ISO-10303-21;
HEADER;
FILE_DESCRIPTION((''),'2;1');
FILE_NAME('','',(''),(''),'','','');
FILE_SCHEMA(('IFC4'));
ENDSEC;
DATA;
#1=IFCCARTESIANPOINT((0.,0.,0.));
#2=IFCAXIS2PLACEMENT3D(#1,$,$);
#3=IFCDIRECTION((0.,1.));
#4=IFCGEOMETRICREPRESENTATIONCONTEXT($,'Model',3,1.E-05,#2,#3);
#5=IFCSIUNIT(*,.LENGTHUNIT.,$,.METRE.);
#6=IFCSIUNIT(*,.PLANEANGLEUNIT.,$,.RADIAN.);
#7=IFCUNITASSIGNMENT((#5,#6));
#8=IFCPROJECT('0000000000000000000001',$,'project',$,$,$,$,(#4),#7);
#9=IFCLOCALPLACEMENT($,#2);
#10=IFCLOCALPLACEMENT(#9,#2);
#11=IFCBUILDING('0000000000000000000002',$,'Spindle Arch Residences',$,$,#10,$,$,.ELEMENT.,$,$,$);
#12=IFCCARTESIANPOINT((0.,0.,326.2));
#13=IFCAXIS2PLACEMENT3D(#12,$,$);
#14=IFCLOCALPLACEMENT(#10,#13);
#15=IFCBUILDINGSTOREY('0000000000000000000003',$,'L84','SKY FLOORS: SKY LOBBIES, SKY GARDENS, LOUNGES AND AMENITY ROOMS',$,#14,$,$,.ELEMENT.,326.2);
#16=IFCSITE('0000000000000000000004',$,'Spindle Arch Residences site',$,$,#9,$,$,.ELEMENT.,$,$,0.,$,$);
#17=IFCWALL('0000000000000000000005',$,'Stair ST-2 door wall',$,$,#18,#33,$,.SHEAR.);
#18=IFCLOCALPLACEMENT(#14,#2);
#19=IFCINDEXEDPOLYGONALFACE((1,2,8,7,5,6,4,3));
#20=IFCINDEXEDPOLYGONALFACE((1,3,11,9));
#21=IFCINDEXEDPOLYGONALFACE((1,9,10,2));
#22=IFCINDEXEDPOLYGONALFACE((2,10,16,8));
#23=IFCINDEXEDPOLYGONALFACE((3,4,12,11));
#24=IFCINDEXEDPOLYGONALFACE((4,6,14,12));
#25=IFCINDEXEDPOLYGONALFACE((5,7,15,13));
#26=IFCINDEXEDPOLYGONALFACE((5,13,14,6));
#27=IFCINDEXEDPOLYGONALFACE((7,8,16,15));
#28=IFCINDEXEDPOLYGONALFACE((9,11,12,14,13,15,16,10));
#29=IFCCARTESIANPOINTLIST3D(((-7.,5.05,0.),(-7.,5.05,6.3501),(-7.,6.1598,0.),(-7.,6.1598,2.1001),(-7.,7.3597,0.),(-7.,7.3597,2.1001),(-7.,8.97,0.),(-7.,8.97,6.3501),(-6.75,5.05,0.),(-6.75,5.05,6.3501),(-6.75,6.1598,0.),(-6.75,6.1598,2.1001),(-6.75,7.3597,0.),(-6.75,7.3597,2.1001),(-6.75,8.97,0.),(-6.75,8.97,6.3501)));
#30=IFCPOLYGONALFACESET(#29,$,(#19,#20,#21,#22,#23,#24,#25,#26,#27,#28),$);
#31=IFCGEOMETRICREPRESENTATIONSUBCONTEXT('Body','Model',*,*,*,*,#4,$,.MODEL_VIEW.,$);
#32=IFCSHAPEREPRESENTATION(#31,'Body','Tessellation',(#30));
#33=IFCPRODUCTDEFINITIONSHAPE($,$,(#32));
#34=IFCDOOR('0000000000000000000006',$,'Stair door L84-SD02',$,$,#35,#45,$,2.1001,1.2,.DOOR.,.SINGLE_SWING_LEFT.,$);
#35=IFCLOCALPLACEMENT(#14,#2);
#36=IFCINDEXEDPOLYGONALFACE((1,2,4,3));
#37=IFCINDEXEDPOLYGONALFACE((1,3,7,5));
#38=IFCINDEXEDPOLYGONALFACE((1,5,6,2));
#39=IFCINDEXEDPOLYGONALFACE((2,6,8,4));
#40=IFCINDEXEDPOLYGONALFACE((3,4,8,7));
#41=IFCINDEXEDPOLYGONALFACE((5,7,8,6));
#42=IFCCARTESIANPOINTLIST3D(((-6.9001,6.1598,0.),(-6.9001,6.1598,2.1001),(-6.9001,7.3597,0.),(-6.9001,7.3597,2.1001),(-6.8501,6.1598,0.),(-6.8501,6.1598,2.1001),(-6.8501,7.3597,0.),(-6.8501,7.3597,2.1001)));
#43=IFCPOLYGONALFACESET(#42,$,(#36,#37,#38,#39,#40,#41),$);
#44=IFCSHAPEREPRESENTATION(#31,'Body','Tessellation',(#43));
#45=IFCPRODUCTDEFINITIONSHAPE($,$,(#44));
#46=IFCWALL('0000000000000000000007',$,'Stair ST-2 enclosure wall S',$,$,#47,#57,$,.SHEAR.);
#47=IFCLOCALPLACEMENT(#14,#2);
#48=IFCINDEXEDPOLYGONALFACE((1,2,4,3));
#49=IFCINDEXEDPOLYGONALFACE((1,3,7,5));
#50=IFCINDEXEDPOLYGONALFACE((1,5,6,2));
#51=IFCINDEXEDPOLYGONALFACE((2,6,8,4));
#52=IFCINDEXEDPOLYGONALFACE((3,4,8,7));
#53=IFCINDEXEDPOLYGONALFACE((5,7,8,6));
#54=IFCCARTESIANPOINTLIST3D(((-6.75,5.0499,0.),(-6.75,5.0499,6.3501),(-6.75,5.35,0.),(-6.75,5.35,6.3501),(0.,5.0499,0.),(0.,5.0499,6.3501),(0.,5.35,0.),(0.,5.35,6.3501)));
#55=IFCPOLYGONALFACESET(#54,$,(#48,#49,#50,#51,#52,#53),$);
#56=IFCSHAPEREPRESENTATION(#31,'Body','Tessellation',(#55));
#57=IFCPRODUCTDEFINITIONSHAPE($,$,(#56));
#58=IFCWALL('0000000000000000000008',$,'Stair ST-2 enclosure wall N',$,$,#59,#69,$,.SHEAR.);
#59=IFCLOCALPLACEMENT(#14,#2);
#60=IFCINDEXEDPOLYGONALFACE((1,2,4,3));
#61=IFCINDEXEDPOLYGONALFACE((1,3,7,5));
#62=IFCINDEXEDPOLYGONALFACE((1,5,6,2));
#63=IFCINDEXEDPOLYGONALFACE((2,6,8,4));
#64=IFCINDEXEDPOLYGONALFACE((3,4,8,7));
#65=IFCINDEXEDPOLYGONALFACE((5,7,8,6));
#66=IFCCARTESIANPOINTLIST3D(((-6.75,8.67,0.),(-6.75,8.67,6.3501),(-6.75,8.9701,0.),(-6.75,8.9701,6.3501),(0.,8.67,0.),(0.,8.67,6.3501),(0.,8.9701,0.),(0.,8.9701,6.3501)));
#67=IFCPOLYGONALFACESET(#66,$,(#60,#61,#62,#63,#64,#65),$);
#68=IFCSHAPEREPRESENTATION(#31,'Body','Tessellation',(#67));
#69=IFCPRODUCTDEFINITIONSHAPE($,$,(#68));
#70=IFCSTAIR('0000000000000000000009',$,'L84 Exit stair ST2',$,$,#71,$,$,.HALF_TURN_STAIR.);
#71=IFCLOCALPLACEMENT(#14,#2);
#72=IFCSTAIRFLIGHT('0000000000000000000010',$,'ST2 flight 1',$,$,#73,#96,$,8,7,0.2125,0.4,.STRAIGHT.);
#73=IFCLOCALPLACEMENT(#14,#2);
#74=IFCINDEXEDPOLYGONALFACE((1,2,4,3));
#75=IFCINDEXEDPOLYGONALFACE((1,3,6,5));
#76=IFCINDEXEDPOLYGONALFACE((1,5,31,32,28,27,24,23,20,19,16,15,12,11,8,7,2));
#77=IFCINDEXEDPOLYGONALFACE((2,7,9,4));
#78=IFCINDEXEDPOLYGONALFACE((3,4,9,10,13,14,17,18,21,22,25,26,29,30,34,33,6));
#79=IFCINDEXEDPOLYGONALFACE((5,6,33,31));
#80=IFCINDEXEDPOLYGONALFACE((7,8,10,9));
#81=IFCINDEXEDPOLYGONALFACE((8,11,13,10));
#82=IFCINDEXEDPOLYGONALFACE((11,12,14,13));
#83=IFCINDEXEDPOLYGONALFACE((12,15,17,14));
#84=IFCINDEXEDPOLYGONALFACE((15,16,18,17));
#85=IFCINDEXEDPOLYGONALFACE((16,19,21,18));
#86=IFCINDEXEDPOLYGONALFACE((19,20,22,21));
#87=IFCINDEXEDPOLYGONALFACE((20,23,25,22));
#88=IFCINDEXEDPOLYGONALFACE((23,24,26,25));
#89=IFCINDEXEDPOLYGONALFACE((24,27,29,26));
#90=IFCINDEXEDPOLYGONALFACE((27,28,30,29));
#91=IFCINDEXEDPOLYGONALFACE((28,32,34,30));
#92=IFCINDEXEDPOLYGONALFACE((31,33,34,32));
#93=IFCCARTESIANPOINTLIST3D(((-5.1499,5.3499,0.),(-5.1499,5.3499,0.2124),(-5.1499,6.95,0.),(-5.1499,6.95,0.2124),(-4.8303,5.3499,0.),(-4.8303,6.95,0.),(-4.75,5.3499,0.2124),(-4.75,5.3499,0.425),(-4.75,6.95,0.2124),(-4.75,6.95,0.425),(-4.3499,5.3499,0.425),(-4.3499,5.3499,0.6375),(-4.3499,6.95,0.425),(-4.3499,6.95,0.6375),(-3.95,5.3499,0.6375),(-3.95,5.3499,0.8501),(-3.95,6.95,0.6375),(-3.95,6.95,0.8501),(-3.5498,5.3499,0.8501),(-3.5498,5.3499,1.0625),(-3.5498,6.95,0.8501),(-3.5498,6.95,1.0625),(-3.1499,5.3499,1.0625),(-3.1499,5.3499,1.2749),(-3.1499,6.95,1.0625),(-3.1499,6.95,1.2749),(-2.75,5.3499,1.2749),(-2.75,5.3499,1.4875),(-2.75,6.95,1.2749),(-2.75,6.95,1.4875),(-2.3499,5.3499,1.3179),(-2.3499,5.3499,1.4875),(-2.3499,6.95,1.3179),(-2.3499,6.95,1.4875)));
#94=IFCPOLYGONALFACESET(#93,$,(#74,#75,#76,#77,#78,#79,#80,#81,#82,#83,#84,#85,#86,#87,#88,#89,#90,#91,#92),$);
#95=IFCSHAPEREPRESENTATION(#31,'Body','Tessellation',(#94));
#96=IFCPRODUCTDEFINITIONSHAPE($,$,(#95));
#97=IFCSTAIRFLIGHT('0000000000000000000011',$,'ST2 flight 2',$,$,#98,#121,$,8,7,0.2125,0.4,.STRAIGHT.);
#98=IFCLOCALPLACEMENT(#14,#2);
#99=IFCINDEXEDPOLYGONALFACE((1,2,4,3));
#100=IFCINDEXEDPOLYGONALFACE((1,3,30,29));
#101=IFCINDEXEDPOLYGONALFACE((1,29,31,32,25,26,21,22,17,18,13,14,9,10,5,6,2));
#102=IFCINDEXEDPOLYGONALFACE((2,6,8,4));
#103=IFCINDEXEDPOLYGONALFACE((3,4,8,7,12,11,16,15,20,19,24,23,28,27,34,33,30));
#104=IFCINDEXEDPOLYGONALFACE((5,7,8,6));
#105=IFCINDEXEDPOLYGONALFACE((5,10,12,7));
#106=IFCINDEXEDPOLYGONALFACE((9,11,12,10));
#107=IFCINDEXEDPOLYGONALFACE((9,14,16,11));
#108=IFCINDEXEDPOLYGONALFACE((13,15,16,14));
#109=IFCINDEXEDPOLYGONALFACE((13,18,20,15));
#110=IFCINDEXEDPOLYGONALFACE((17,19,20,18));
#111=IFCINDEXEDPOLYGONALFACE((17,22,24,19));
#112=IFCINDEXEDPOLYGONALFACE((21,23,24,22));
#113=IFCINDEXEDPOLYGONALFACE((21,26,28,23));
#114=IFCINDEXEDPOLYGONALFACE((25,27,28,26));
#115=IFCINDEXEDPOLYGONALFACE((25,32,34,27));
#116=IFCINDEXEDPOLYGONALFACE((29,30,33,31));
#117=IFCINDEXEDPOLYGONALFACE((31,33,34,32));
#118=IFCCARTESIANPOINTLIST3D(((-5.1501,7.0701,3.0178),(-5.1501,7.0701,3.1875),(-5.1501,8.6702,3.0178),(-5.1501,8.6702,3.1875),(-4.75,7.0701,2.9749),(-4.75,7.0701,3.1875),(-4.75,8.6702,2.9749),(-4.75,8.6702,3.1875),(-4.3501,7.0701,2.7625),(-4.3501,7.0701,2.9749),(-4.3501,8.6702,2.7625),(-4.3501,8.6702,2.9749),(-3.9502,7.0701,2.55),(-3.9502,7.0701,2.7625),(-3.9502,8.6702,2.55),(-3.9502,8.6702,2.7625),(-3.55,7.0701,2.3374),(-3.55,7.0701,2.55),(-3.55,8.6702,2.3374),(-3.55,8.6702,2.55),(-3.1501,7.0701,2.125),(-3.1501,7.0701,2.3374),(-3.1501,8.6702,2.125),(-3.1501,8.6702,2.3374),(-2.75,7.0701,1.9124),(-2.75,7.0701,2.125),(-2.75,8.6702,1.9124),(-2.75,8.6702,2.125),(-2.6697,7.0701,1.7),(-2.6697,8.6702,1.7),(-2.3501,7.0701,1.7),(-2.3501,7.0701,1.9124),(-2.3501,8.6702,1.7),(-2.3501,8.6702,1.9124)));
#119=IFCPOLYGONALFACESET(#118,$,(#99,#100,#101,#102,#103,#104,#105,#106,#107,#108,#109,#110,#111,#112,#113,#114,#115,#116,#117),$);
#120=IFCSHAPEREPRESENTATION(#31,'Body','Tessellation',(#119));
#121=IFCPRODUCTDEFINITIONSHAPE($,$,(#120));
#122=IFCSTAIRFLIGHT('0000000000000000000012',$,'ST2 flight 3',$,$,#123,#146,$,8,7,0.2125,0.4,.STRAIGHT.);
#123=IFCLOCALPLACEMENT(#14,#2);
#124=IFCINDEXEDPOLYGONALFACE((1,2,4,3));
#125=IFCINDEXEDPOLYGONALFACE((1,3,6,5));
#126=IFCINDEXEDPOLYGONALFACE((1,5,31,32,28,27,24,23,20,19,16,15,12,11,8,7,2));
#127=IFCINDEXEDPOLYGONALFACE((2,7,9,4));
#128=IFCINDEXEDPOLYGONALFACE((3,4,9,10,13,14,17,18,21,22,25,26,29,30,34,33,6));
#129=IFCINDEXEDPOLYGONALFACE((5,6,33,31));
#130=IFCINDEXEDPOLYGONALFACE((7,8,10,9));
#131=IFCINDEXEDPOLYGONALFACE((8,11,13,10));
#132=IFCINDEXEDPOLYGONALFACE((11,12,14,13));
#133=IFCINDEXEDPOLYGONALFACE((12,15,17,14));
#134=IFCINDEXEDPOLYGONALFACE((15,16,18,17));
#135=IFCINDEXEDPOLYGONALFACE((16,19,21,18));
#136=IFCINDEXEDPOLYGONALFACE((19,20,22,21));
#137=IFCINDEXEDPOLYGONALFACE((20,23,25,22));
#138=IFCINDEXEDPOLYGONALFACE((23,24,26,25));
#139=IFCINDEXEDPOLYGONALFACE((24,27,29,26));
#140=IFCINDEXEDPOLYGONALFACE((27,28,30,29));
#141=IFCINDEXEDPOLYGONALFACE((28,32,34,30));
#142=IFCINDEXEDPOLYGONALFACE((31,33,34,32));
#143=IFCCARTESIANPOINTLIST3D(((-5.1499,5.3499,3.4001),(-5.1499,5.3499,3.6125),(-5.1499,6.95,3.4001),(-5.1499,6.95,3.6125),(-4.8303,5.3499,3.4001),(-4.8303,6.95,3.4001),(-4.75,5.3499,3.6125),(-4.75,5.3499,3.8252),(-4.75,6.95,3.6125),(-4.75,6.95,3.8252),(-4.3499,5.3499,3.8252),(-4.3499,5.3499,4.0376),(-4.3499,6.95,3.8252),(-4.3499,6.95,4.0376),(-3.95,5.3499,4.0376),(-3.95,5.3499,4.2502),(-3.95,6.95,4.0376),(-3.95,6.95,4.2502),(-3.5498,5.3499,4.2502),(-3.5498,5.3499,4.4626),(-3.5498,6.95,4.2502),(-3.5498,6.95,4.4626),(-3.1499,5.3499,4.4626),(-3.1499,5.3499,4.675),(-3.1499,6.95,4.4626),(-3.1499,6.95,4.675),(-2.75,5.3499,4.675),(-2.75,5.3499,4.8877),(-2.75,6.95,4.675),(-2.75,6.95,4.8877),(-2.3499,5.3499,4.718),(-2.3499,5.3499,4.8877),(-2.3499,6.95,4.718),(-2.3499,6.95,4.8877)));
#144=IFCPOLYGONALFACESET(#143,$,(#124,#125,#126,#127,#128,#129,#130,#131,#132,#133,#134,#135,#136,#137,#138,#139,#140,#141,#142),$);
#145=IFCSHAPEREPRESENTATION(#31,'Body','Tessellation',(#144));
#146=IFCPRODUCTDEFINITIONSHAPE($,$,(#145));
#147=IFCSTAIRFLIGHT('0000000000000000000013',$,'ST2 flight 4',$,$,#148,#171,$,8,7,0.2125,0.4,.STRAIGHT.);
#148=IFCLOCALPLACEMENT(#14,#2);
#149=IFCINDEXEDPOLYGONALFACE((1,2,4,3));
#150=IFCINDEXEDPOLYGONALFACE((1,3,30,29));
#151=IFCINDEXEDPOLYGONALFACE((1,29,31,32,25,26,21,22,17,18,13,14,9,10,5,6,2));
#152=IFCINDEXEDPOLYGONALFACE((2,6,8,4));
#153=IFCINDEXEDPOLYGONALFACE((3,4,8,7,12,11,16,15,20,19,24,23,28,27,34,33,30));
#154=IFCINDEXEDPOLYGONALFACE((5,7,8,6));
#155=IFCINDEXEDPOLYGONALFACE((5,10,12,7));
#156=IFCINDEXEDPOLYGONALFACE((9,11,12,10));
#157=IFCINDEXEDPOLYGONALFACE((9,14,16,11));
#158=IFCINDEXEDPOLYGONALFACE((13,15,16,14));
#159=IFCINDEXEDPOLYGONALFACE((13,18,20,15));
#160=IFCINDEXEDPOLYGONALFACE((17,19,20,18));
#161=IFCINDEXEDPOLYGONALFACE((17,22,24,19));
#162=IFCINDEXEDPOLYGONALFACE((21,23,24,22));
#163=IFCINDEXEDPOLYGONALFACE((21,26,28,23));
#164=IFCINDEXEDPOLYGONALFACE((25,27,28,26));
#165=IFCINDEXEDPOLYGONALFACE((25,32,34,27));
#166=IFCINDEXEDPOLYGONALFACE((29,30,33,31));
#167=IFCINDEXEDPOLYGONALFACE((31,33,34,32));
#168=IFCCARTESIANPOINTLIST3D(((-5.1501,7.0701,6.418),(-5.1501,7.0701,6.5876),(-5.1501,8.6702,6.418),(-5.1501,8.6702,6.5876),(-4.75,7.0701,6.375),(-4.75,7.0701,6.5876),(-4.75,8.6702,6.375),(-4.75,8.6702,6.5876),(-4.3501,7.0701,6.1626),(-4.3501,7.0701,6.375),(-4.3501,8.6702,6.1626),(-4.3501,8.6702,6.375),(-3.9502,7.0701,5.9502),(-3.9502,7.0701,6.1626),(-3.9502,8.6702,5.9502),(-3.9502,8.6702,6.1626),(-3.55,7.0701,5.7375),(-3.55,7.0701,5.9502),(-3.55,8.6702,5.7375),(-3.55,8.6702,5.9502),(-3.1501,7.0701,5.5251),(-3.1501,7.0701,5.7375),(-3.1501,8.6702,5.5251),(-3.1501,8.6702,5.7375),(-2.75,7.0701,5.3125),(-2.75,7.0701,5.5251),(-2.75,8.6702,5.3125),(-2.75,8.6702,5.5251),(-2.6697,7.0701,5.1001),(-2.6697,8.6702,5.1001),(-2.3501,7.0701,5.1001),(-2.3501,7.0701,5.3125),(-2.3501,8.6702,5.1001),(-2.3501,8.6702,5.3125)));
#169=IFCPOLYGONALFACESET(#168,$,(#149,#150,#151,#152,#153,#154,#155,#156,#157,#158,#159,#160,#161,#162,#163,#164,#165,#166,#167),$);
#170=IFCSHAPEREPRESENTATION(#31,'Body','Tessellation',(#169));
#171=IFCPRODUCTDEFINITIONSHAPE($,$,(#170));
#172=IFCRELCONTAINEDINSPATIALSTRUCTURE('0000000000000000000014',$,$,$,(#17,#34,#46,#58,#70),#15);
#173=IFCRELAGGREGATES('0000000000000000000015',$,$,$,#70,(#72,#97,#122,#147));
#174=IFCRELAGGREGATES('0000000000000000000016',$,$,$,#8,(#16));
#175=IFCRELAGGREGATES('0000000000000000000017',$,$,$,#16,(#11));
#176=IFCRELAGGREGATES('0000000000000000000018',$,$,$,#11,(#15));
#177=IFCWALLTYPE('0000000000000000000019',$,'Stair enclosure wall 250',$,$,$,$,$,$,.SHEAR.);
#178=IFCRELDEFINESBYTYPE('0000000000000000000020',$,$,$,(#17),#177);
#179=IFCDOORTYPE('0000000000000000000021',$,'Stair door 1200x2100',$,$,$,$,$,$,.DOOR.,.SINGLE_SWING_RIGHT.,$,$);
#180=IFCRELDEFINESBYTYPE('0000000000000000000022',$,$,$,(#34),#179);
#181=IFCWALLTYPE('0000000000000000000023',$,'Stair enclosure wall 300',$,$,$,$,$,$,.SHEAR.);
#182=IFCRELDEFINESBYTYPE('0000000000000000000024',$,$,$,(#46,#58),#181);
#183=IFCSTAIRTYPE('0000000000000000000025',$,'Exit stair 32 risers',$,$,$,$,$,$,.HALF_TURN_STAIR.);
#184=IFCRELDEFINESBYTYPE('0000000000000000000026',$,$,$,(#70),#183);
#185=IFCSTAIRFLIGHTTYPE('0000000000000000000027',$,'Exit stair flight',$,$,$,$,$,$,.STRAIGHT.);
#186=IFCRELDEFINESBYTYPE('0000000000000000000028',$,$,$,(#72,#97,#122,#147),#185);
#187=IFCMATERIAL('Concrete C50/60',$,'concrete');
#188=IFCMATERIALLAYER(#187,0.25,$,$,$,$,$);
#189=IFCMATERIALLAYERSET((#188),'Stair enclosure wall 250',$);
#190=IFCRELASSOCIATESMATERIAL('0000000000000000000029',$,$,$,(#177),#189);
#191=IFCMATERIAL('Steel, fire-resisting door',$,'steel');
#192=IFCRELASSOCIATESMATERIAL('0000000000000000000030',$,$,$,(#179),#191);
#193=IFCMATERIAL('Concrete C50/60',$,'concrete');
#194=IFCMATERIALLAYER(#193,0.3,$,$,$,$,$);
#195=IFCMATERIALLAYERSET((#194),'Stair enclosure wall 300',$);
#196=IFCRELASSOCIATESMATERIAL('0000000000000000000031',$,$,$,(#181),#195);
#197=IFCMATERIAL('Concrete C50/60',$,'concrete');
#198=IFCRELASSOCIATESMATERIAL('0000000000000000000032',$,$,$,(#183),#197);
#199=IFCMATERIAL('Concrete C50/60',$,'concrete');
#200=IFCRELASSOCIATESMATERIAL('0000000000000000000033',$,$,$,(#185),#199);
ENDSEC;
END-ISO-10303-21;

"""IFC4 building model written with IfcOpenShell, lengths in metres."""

from ifc_helpers import new_model, si_unit, direction, frame, frame_2d, origin, place, context, subcontext, project, spatial, polyline, rectangle, outline, extrude, material, layer, layer_set, type_object, element, fill, aggregate, save


model = new_model("IFC4")

# Units and contexts
model_context = context("Model", 3, precision=1e-05, world=origin(), true_north=direction((0.0, 1.0)))
body_context = subcontext(model_context, "Body", "Model", "MODEL_VIEW")
ifc_project = project(units=[si_unit("LENGTHUNIT", "METRE"), si_unit("PLANEANGLEUNIT", "RADIAN")], contexts=[model_context])

# Site, building, storey
site_placement = place(None, origin())
site = spatial("IfcSite", under=ifc_project, at=site_placement, Name="Spindle Arch Residences site", CompositionType="ELEMENT", RefElevation=0.0)
building_placement = place(site_placement, origin())
building = spatial("IfcBuilding", under=site, at=building_placement, Name="Spindle Arch Residences", CompositionType="ELEMENT")
storey_placement = place(building_placement, frame((0.0, 0.0, 326.2)))
storey = spatial("IfcBuildingStorey", under=building, at=storey_placement, Name="L84", Description="SKY FLOORS: SKY LOBBIES, SKY GARDENS, LOUNGES AND AMENITY ROOMS", CompositionType="ELEMENT", Elevation=326.2)

# Wall, opening, door
ifc_material_1 = material(Name="Concrete C50/60", Category="concrete")
ifc_layer_1 = layer(ifc_material_1, 0.25)
ifc_layer_set_1 = layer_set([ifc_layer_1], Name="Stair enclosure wall 250")
wall_type_1 = type_object("IfcWallType", Name="Stair enclosure wall 250", PredefinedType="SHEAR", material=ifc_layer_set_1)
wall_1_placement = place(storey_placement, frame((-6.875, 8.97, 0.0), z_axis=(0.0, 0.0, 1.0), x_axis=(0.0, -1.0, 0.0)))
wall_1 = element("IfcWall", 1, at=wall_1_placement, inside=storey, type_object=wall_type_1, Name="Stair ST-2 door wall", PredefinedType="SHEAR", context=body_context, shape_type="SweptSolid", body=[
    extrude(rectangle(XDim=3.9199, YDim=0.25, at=frame_2d((1.96, 0.0))), origin(), (0.0, 0.0, 1.0), 6.3501),
])
opening_1_placement = place(wall_1_placement, frame((1.6101, 0.0, 0.0)))
opening_1 = element("IfcOpeningElement", 2, at=opening_1_placement, cuts=wall_1, PredefinedType="OPENING", context=body_context, shape_type="SweptSolid", body=[
    extrude(rectangle(XDim=1.2, YDim=2.1001, at=frame_2d((0.6001, 1.05))), frame((0.0, 0.135, 0.0), z_axis=(0.0, -1.0, 0.0), x_axis=(1.0, 0.0, 0.0)), (0.0, 0.0, 1.0), 0.27),
])
ifc_material_2 = material(Name="Steel, fire-resisting door", Category="steel")
door_type_1 = type_object("IfcDoorType", Name="Stair door 1200x2100", OperationType="SINGLE_SWING_RIGHT", PredefinedType="DOOR", material=ifc_material_2)
door_1_placement = place(opening_1_placement, origin())
door_1 = element("IfcDoor", 3, at=door_1_placement, inside=storey, type_object=door_type_1, Name="Stair door L84-SD02", OperationType="SINGLE_SWING_LEFT", OverallHeight=2.1001, OverallWidth=1.2, PredefinedType="DOOR", context=body_context, shape_type="SweptSolid", body=[
    extrude(rectangle(XDim=1.2, YDim=2.1001, at=frame_2d((0.6001, 1.05))), frame((0.0, 0.0249, 0.0), z_axis=(0.0, -1.0, 0.0), x_axis=(1.0, 0.0, 0.0)), (0.0, 0.0, 1.0), 0.05),
])
fill(opening_1, door_1)

# Walls
ifc_material_3 = material(Name="Concrete C50/60", Category="concrete")
ifc_layer_2 = layer(ifc_material_3, 0.3)
ifc_layer_set_2 = layer_set([ifc_layer_2], Name="Stair enclosure wall 300")
wall_type_2 = type_object("IfcWallType", Name="Stair enclosure wall 300", PredefinedType="SHEAR", material=ifc_layer_set_2)
for number, where, z_axis, x_axis, name in (
    (4, (-6.75, 5.2, 0.0), (0.0, 0.0, 1.0), (1.0, 0.0, 0.0), "Stair ST-2 enclosure wall S"),
    (5, (-6.75, 8.8201, 0.0), (0.0, 0.0, 1.0), (1.0, 0.0, 0.0), "Stair ST-2 enclosure wall N"),
):
    element("IfcWall", number, at=place(storey_placement, frame(where, z_axis=z_axis, x_axis=x_axis)), inside=storey, type_object=wall_type_2, Name=name, PredefinedType="SHEAR", context=body_context, shape_type="SweptSolid", body=[
        extrude(rectangle(XDim=6.75, YDim=0.3, at=frame_2d((3.375, 0.0))), origin(), (0.0, 0.0, 1.0), 6.3501),
    ])

# Stair, stair flights
ifc_material_4 = material(Name="Concrete C50/60", Category="concrete")
stair_type = type_object("IfcStairType", Name="Exit stair 32 risers", PredefinedType="HALF_TURN_STAIR", material=ifc_material_4)
stair_placement = place(storey_placement, origin())
stair = element("IfcStair", 6, at=stair_placement, inside=storey, type_object=stair_type, Name="L84 Exit stair ST2", PredefinedType="HALF_TURN_STAIR")
ifc_material_5 = material(Name="Concrete C50/60", Category="concrete")
stair_flight_type = type_object("IfcStairFlightType", Name="Exit stair flight", PredefinedType="STRAIGHT", material=ifc_material_5)
stair_flight_1_placement = place(storey_placement, frame((-5.1499, 6.1499, 0.0), z_axis=(0.0, 0.0, 1.0), x_axis=(1.0, 0.0, 0.0)))
stair_flight_1 = element("IfcStairFlight", 7, at=stair_flight_1_placement, type_object=stair_flight_type, Name="ST2 flight 1", NumberOfRisers=8, NumberOfTreads=7, PredefinedType="STRAIGHT", RiserHeight=0.2125, TreadLength=0.4, context=body_context, shape_type="SweptSolid", body=[
    extrude(outline(polyline([(0.0, 0.0), (0.0, 0.2124), (0.3999, 0.2124), (0.3999, 0.425), (0.8, 0.425), (0.8, 0.6375), (1.2, 0.6375), (1.2, 0.8501), (1.6001, 0.8501), (1.6001, 1.0625), (2.0, 1.0625), (2.0, 1.2749), (2.3999, 1.2749), (2.3999, 1.4875), (2.8, 1.4875), (2.8, 1.7), (2.8, 1.3179), (0.3196, 0.0), (0.0, 0.0)])), frame((0.0, 0.8, 0.0), z_axis=(0.0, -1.0, 0.0), x_axis=(1.0, 0.0, 0.0)), (0.0, 0.0, 1.0), 1.6001),
])
stair_flight_2_placement = place(storey_placement, frame((-2.3501, 7.8701, 1.7), z_axis=(0.0, 0.0, 1.0), x_axis=(-1.0, 0.0, 0.0)))
stair_flight_2 = element("IfcStairFlight", 8, at=stair_flight_2_placement, type_object=stair_flight_type, Name="ST2 flight 2", NumberOfRisers=8, NumberOfTreads=7, PredefinedType="STRAIGHT", RiserHeight=0.2125, TreadLength=0.4, context=body_context, shape_type="SweptSolid", body=[
    extrude(outline(polyline([(0.0, 0.0), (0.0, 0.2124), (0.3999, 0.2124), (0.3999, 0.425), (0.8, 0.425), (0.8, 0.6375), (1.2, 0.6375), (1.2, 0.8501), (1.6001, 0.8501), (1.6001, 1.0625), (2.0, 1.0625), (2.0, 1.2749), (2.3999, 1.2749), (2.3999, 1.4875), (2.8, 1.4875), (2.8, 1.7), (2.8, 1.3179), (0.3196, 0.0), (0.0, 0.0)])), frame((0.0, 0.8, 0.0), z_axis=(0.0, -1.0, 0.0), x_axis=(1.0, 0.0, 0.0)), (0.0, 0.0, 1.0), 1.6001),
])
stair_flight_3_placement = place(storey_placement, frame((-5.1499, 6.1499, 3.4001), z_axis=(0.0, 0.0, 1.0), x_axis=(1.0, 0.0, 0.0)))
stair_flight_3 = element("IfcStairFlight", 9, at=stair_flight_3_placement, type_object=stair_flight_type, Name="ST2 flight 3", NumberOfRisers=8, NumberOfTreads=7, PredefinedType="STRAIGHT", RiserHeight=0.2125, TreadLength=0.4, context=body_context, shape_type="SweptSolid", body=[
    extrude(outline(polyline([(0.0, 0.0), (0.0, 0.2124), (0.3999, 0.2124), (0.3999, 0.425), (0.8, 0.425), (0.8, 0.6375), (1.2, 0.6375), (1.2, 0.8501), (1.6001, 0.8501), (1.6001, 1.0625), (2.0, 1.0625), (2.0, 1.2749), (2.3999, 1.2749), (2.3999, 1.4875), (2.8, 1.4875), (2.8, 1.7), (2.8, 1.3179), (0.3196, 0.0), (0.0, 0.0)])), frame((0.0, 0.8, 0.0), z_axis=(0.0, -1.0, 0.0), x_axis=(1.0, 0.0, 0.0)), (0.0, 0.0, 1.0), 1.6001),
])
stair_flight_4_placement = place(storey_placement, frame((-2.3501, 7.8701, 5.1001), z_axis=(0.0, 0.0, 1.0), x_axis=(-1.0, 0.0, 0.0)))
stair_flight_4 = element("IfcStairFlight", 10, at=stair_flight_4_placement, type_object=stair_flight_type, Name="ST2 flight 4", NumberOfRisers=8, NumberOfTreads=7, PredefinedType="STRAIGHT", RiserHeight=0.2125, TreadLength=0.4, context=body_context, shape_type="SweptSolid", body=[
    extrude(outline(polyline([(0.0, 0.0), (0.0, 0.2124), (0.3999, 0.2124), (0.3999, 0.425), (0.8, 0.425), (0.8, 0.6375), (1.2, 0.6375), (1.2, 0.8501), (1.6001, 0.8501), (1.6001, 1.0625), (2.0, 1.0625), (2.0, 1.2749), (2.3999, 1.2749), (2.3999, 1.4875), (2.8, 1.4875), (2.8, 1.7), (2.8, 1.3179), (0.3196, 0.0), (0.0, 0.0)])), frame((0.0, 0.8, 0.0), z_axis=(0.0, -1.0, 0.0), x_axis=(1.0, 0.0, 0.0)), (0.0, 0.0, 1.0), 1.6001),
])
aggregate(stair, [stair_flight_1, stair_flight_2, stair_flight_3, stair_flight_4])

save(model, "model.ifc")
